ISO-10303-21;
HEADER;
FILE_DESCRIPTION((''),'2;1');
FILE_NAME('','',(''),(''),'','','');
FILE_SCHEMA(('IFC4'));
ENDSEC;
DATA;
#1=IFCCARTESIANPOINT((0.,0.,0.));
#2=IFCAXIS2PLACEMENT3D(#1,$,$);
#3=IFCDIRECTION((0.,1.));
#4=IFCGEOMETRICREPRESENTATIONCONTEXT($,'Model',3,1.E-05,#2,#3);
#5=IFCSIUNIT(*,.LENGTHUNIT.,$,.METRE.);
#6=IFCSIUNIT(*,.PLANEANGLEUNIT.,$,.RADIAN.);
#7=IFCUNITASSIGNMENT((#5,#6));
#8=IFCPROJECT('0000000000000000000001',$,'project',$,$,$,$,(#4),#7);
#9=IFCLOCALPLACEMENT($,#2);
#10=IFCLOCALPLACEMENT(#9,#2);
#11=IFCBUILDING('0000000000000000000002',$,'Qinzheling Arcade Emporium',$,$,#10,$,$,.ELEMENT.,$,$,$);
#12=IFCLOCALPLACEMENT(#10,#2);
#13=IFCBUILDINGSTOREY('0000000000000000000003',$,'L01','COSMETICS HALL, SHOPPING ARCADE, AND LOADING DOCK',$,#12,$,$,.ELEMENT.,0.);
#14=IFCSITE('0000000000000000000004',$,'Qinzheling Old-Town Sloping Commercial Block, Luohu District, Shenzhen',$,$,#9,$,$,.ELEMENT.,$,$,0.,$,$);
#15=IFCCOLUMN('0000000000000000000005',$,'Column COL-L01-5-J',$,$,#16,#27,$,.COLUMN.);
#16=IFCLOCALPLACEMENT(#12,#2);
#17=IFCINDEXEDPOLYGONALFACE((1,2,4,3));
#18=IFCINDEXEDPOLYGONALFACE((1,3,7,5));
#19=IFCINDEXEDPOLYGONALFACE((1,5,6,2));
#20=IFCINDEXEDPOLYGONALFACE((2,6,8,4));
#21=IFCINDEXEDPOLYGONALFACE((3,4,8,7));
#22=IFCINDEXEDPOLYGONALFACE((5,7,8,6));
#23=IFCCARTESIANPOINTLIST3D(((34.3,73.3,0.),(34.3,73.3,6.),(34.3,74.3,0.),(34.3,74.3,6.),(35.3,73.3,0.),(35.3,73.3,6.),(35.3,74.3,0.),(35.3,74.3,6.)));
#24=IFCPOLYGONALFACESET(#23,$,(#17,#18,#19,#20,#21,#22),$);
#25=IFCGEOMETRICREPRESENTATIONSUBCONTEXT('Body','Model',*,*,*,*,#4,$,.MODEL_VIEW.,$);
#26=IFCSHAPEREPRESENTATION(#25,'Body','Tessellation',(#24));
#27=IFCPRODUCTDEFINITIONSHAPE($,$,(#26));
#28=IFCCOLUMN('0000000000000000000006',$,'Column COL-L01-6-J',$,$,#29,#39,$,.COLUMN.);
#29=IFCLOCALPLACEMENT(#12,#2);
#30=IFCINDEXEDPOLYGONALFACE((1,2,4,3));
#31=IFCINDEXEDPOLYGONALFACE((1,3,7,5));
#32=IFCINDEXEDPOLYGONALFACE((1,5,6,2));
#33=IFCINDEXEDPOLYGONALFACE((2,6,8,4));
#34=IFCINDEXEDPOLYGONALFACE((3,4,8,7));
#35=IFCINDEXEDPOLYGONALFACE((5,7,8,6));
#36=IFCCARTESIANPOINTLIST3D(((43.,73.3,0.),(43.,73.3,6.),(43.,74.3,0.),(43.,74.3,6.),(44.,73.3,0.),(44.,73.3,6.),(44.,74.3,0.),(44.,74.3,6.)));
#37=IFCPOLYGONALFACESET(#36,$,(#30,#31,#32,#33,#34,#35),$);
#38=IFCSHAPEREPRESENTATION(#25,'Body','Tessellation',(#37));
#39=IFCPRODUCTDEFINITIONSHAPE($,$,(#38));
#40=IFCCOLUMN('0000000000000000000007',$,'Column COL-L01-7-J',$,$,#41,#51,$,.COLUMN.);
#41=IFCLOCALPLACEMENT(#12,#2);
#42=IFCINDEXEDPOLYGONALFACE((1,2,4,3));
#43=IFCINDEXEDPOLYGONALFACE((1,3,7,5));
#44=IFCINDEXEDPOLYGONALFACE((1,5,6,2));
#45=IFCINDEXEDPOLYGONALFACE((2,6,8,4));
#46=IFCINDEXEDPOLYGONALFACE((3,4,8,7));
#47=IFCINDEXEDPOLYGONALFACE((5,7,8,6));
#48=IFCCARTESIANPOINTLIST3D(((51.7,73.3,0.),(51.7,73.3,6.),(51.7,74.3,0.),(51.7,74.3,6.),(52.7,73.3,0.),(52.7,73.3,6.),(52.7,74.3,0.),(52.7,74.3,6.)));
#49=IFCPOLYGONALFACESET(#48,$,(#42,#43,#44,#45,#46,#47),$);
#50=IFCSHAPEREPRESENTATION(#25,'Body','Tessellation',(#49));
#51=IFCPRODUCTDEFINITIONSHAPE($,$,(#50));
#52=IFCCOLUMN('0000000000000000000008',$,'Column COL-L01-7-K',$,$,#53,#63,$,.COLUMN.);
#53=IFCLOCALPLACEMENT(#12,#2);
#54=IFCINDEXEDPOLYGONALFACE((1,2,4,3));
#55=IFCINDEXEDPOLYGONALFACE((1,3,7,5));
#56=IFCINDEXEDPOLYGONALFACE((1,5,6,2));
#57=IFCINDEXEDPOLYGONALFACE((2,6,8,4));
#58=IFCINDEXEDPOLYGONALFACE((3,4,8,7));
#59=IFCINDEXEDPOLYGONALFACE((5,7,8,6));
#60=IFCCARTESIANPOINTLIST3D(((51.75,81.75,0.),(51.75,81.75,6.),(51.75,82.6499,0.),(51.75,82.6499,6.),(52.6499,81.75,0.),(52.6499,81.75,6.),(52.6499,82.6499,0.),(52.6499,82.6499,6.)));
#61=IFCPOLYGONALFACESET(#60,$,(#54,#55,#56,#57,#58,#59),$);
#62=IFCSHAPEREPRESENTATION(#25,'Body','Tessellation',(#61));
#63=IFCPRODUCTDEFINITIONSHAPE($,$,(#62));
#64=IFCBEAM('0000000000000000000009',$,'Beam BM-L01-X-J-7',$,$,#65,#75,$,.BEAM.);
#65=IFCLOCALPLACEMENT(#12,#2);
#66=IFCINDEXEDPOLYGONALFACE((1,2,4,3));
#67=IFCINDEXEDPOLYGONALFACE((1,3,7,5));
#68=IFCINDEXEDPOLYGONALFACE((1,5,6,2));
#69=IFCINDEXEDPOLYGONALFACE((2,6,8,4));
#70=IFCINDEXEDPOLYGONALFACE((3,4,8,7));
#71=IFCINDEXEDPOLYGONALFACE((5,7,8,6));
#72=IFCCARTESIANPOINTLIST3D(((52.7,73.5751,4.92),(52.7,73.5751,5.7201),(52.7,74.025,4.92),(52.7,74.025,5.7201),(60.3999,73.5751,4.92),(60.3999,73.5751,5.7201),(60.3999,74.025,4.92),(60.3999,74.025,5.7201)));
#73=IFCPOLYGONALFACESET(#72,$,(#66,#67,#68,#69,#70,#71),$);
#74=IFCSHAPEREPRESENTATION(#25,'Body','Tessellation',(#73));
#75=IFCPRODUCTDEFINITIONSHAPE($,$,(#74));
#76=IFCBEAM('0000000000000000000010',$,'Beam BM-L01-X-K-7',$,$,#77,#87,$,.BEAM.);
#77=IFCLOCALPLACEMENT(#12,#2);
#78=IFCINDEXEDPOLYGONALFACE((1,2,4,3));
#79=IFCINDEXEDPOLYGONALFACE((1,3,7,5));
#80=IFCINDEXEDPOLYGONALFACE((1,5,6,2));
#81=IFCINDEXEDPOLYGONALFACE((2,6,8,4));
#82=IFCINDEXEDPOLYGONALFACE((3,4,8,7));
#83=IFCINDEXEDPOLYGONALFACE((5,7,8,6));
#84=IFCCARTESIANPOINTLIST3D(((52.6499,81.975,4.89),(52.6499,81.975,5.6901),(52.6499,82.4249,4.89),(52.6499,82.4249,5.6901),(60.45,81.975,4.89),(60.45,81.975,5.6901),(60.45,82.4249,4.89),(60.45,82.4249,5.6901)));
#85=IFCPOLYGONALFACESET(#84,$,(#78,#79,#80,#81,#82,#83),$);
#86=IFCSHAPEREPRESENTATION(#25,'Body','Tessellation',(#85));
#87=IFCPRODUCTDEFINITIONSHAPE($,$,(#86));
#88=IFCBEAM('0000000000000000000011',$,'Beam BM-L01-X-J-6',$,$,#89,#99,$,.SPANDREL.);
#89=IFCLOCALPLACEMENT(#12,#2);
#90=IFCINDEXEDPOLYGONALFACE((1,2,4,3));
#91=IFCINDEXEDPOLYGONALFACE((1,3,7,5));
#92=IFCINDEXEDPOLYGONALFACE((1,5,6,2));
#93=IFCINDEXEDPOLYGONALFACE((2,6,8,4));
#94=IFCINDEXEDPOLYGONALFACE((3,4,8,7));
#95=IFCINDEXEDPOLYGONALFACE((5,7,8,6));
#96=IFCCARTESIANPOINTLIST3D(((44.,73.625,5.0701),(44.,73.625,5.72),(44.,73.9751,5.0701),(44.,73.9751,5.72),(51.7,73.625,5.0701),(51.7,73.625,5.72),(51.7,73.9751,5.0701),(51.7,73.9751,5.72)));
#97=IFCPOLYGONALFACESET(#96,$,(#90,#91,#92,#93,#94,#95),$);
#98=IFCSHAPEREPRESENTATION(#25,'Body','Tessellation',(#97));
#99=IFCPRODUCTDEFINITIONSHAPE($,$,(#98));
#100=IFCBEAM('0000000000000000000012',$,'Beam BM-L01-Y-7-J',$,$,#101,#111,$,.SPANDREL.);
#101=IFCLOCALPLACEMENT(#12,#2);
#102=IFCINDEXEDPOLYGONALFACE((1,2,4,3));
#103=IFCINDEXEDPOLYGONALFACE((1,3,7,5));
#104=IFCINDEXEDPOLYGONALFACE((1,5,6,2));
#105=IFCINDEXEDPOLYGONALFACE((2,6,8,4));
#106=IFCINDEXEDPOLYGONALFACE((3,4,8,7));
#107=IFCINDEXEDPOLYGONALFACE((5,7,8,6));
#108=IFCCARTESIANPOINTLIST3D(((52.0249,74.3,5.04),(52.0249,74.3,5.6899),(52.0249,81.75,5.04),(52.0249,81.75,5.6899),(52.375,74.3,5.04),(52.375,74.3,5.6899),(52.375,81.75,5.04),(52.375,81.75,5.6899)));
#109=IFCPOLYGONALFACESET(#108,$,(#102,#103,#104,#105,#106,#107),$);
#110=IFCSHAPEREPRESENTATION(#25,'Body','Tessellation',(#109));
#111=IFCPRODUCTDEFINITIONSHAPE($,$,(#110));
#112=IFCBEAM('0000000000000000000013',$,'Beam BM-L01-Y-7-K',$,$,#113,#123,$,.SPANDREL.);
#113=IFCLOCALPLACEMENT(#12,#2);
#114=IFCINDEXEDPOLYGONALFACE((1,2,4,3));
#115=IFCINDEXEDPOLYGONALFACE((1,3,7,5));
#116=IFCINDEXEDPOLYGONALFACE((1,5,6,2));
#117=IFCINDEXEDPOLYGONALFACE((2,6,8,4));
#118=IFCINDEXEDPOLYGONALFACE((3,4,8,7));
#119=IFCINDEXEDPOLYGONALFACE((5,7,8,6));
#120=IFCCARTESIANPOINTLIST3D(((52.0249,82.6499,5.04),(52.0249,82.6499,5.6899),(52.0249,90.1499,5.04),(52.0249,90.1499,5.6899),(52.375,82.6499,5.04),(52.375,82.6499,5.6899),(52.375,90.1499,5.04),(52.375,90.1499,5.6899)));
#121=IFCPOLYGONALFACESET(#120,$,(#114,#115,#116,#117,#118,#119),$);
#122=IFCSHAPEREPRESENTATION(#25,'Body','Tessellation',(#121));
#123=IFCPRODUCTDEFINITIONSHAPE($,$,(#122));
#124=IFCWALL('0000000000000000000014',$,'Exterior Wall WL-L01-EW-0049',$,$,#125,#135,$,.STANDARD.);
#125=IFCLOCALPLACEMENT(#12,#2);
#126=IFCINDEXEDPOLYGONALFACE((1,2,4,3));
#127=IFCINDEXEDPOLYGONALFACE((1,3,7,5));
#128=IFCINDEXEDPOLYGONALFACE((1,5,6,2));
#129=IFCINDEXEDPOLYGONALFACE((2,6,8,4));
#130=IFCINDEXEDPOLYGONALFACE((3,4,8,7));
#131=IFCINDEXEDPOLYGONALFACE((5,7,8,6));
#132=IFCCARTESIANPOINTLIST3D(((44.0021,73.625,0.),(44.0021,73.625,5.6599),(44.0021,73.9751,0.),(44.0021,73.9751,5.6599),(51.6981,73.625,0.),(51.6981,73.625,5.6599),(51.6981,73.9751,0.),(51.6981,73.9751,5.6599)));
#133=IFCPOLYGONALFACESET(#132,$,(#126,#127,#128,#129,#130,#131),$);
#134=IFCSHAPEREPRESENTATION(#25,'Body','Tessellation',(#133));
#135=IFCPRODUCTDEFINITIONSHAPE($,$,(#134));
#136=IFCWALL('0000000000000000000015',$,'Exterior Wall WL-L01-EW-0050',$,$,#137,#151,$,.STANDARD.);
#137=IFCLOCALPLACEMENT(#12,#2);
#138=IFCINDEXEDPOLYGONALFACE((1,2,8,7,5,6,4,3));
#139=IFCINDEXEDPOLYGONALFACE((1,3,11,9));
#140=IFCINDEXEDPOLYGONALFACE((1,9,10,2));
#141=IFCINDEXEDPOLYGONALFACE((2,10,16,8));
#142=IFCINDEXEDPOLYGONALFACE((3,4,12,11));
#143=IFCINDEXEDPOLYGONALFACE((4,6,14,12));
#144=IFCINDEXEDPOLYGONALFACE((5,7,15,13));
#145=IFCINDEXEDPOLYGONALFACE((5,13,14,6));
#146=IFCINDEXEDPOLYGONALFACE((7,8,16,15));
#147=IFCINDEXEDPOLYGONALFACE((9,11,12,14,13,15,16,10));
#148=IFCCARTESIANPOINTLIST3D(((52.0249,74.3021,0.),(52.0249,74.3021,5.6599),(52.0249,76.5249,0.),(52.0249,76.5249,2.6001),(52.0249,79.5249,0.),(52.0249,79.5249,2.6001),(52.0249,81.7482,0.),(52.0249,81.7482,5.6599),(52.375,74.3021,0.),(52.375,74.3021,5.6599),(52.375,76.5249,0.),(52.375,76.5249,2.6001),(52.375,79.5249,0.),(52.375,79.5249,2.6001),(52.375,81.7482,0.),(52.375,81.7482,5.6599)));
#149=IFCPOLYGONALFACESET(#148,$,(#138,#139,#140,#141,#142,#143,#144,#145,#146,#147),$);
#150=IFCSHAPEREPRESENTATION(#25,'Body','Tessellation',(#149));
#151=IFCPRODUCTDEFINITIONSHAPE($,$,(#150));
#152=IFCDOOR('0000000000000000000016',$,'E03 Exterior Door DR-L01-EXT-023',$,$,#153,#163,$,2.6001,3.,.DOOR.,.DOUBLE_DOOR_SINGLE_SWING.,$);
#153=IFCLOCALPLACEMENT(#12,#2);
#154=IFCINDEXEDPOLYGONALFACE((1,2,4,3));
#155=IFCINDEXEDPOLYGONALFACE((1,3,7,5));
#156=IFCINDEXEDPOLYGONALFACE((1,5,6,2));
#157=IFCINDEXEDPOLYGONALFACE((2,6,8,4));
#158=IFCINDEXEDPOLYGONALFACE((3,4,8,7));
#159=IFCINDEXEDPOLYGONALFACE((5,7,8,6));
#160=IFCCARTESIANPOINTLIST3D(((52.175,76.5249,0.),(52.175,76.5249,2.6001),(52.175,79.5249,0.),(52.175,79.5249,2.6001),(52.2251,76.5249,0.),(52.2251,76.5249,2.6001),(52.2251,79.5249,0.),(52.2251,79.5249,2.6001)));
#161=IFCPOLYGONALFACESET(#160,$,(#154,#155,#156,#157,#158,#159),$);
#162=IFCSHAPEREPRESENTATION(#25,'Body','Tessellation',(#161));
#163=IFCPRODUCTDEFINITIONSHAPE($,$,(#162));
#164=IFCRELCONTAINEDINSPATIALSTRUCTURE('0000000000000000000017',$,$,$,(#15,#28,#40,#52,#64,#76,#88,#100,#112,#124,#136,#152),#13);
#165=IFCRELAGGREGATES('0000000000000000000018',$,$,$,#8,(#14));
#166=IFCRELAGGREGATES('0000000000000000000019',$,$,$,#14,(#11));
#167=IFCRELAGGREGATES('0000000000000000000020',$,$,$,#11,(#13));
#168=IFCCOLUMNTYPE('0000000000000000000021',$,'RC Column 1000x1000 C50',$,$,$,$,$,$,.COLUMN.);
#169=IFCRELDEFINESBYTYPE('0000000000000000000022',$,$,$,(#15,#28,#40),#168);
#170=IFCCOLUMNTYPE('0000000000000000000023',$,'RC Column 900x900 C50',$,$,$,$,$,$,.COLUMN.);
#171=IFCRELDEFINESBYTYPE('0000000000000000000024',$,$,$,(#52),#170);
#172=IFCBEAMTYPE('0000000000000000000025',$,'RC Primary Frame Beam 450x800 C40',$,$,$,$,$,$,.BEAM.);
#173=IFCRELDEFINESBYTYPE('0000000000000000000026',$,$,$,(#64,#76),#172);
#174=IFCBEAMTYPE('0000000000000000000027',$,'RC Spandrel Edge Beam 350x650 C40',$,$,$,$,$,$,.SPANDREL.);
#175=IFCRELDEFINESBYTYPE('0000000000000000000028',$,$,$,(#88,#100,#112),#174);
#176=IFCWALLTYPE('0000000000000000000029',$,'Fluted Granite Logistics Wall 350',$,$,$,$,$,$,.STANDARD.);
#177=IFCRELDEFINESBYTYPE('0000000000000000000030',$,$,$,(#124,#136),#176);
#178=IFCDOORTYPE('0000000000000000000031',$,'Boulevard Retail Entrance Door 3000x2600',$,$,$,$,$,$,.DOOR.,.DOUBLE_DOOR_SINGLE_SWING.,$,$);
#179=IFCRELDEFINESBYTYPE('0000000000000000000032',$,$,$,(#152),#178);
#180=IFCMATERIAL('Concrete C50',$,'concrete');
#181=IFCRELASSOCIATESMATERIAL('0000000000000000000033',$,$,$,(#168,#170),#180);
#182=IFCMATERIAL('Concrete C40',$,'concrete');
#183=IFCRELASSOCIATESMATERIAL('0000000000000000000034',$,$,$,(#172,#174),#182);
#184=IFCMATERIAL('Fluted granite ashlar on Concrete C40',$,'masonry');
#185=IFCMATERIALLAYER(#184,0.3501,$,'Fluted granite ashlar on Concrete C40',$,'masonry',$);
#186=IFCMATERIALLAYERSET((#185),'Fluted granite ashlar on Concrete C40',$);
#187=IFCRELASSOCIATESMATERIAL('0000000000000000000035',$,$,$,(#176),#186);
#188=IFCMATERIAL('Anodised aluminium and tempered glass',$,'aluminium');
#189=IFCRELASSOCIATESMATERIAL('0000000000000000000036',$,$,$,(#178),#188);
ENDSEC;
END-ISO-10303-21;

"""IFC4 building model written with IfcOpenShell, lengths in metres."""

from ifc_helpers import new_model, si_unit, direction, frame, frame_2d, origin, origin_2d, place, context, subcontext, project, spatial, rectangle, extrude, material, layer, layer_set, material_profile, profile_set, type_object, element, fill, save


model = new_model("IFC4")

# Units and contexts
model_context = context("Model", 3, precision=1e-05, world=origin(), true_north=direction((0.0, 1.0)))
body_context = subcontext(model_context, "Body", "Model", "MODEL_VIEW")
ifc_project = project(units=[si_unit("LENGTHUNIT", "METRE"), si_unit("PLANEANGLEUNIT", "RADIAN")], contexts=[model_context])

# Site, building, storey
site_placement = place(None, origin())
site = spatial("IfcSite", under=ifc_project, at=site_placement, Name="Qinzheling Old-Town Sloping Commercial Block, Luohu District, Shenzhen", CompositionType="ELEMENT", RefElevation=0.0)
building_placement = place(site_placement, origin())
building = spatial("IfcBuilding", under=site, at=building_placement, Name="Qinzheling Arcade Emporium", CompositionType="ELEMENT")
storey_placement = place(building_placement, origin())
storey = spatial("IfcBuildingStorey", under=building, at=storey_placement, Name="L01", Description="COSMETICS HALL, SHOPPING ARCADE, AND LOADING DOCK", CompositionType="ELEMENT", Elevation=0.0)

# Columns
ifc_material_1 = material(Name="Concrete C50", Category="concrete")
ifc_material_profile_1 = material_profile(ifc_material_1, rectangle(XDim=1.0, YDim=1.0, at=origin_2d()), Name="RC 1000x1000", Category="concrete")
ifc_profile_set_1 = profile_set([ifc_material_profile_1], Name="Concrete C50")
column_type_1 = type_object("IfcColumnType", Name="RC Column 1000x1000 C50", PredefinedType="COLUMN", material=ifc_profile_set_1)
for number, where, z_axis, x_axis, name in (
    (1, (34.8, 73.8, 0.0), (0.0, 0.0, 1.0), (1.0, 0.0, 0.0), "Column COL-L01-5-J"),
    (2, (43.5, 73.8, 0.0), (0.0, 0.0, 1.0), (1.0, 0.0, 0.0), "Column COL-L01-6-J"),
    (3, (52.2, 73.8, 0.0), (0.0, 0.0, 1.0), (1.0, 0.0, 0.0), "Column COL-L01-7-J"),
):
    element("IfcColumn", number, at=place(storey_placement, frame(where, z_axis=z_axis, x_axis=x_axis)), inside=storey, type_object=column_type_1, Name=name, PredefinedType="COLUMN", context=body_context, shape_type="SweptSolid", body=[
        extrude(rectangle(XDim=1.0, YDim=1.0, at=origin_2d()), origin(), (0.0, 0.0, 1.0), 6.0),
    ])
ifc_material_profile_2 = material_profile(ifc_material_1, rectangle(XDim=0.8999, YDim=0.8999, at=origin_2d()), Name="RC 900x900", Category="concrete")
ifc_profile_set_2 = profile_set([ifc_material_profile_2], Name="Concrete C50")
column_type_2 = type_object("IfcColumnType", Name="RC Column 900x900 C50", PredefinedType="COLUMN", material=ifc_profile_set_2)
column_placement = place(storey_placement, frame((52.2, 82.2, 0.0), z_axis=(0.0, 0.0, 1.0), x_axis=(1.0, 0.0, 0.0)))
element("IfcColumn", 4, at=column_placement, inside=storey, type_object=column_type_2, Name="Column COL-L01-7-K", PredefinedType="COLUMN", context=body_context, shape_type="SweptSolid", body=[
    extrude(rectangle(XDim=0.8999, YDim=0.8999, at=origin_2d()), origin(), (0.0, 0.0, 1.0), 6.0),
])

# Beams
ifc_material_2 = material(Name="Concrete C40", Category="concrete")
ifc_material_profile_3 = material_profile(ifc_material_2, rectangle(XDim=0.45, YDim=0.8, at=origin_2d()), Name="RC 450x800", Category="concrete")
ifc_profile_set_3 = profile_set([ifc_material_profile_3], Name="Concrete C40")
beam_type_1 = type_object("IfcBeamType", Name="RC Primary Frame Beam 450x800 C40", PredefinedType="BEAM", material=ifc_profile_set_3)
beam_1_placement = place(storey_placement, frame((52.7, 73.8, 5.3201), z_axis=(1.0, 0.0, 0.0), x_axis=(0.0, 1.0, 0.0)))
element("IfcBeam", 5, at=beam_1_placement, inside=storey, type_object=beam_type_1, Name="Beam BM-L01-X-J-7", PredefinedType="BEAM", context=body_context, shape_type="SweptSolid", body=[
    extrude(rectangle(XDim=0.45, YDim=0.8, at=origin_2d()), origin(), (0.0, 0.0, 1.0), 7.7),
])
beam_2_placement = place(storey_placement, frame((52.6499, 82.2, 5.29), z_axis=(1.0, 0.0, 0.0), x_axis=(0.0, 1.0, 0.0)))
element("IfcBeam", 6, at=beam_2_placement, inside=storey, type_object=beam_type_1, Name="Beam BM-L01-X-K-7", PredefinedType="BEAM", context=body_context, shape_type="SweptSolid", body=[
    extrude(rectangle(XDim=0.45, YDim=0.8, at=origin_2d()), origin(), (0.0, 0.0, 1.0), 7.8),
])
ifc_material_profile_4 = material_profile(ifc_material_2, rectangle(XDim=0.3501, YDim=0.6499, at=origin_2d()), Name="RC 350x650", Category="concrete")
ifc_profile_set_4 = profile_set([ifc_material_profile_4], Name="Concrete C40")
beam_type_2 = type_object("IfcBeamType", Name="RC Spandrel Edge Beam 350x650 C40", PredefinedType="SPANDREL", material=ifc_profile_set_4)
beam_3_placement = place(storey_placement, frame((44.0, 73.8, 5.395), z_axis=(1.0, 0.0, 0.0), x_axis=(0.0, 1.0, 0.0)))
element("IfcBeam", 7, at=beam_3_placement, inside=storey, type_object=beam_type_2, Name="Beam BM-L01-X-J-6", PredefinedType="SPANDREL", context=body_context, shape_type="SweptSolid", body=[
    extrude(rectangle(XDim=0.3501, YDim=0.6499, at=origin_2d()), origin(), (0.0, 0.0, 1.0), 7.7),
])
beam_4_placement = place(storey_placement, frame((52.2, 74.3, 5.365), z_axis=(0.0, 1.0, 0.0), x_axis=(-1.0, 0.0, 0.0)))
element("IfcBeam", 8, at=beam_4_placement, inside=storey, type_object=beam_type_2, Name="Beam BM-L01-Y-7-J", PredefinedType="SPANDREL", context=body_context, shape_type="SweptSolid", body=[
    extrude(rectangle(XDim=0.3501, YDim=0.6499, at=origin_2d()), origin(), (0.0, 0.0, 1.0), 7.45),
])
beam_5_placement = place(storey_placement, frame((52.2, 82.6499, 5.365), z_axis=(0.0, 1.0, 0.0), x_axis=(-1.0, 0.0, 0.0)))
element("IfcBeam", 9, at=beam_5_placement, inside=storey, type_object=beam_type_2, Name="Beam BM-L01-Y-7-K", PredefinedType="SPANDREL", context=body_context, shape_type="SweptSolid", body=[
    extrude(rectangle(XDim=0.3501, YDim=0.6499, at=origin_2d()), origin(), (0.0, 0.0, 1.0), 7.5),
])

# Shared definitions
ifc_material_3 = material(Name="Fluted granite ashlar on Concrete C40", Category="masonry")
ifc_layer_1 = layer(ifc_material_3, 0.3501, Name="Fluted granite ashlar on Concrete C40", Category="masonry")
ifc_layer_set_1 = layer_set([ifc_layer_1], Name="Fluted granite ashlar on Concrete C40")
wall_type_1 = type_object("IfcWallType", Name="Fluted Granite Logistics Wall 350", PredefinedType="STANDARD", material=ifc_layer_set_1)

# Wall
wall_1_placement = place(storey_placement, frame((44.002, 73.8, 0.0), z_axis=(0.0, 0.0, 1.0), x_axis=(1.0, 0.0, 0.0)))
element("IfcWall", 10, at=wall_1_placement, inside=storey, type_object=wall_type_1, Name="Exterior Wall WL-L01-EW-0049", PredefinedType="STANDARD", context=body_context, shape_type="SweptSolid", body=[
    extrude(rectangle(XDim=7.696, YDim=0.3501, at=frame_2d((3.8481, 0.0))), origin(), (0.0, 0.0, 1.0), 5.6599),
])

# Wall, opening, door
wall_2_placement = place(storey_placement, frame((52.2, 74.302, 0.0), z_axis=(0.0, 0.0, 1.0), x_axis=(0.0, 1.0, 0.0)))
wall_2 = element("IfcWall", 11, at=wall_2_placement, inside=storey, type_object=wall_type_1, Name="Exterior Wall WL-L01-EW-0050", PredefinedType="STANDARD", context=body_context, shape_type="SweptSolid", body=[
    extrude(rectangle(XDim=7.446, YDim=0.3501, at=frame_2d((3.7231, 0.0))), origin(), (0.0, 0.0, 1.0), 5.6599),
])
opening_1_placement = place(wall_2_placement, frame((2.2229, 0.0, 0.0)))
opening_1 = element("IfcOpeningElement", 12, at=opening_1_placement, cuts=wall_2, PredefinedType="OPENING", context=body_context, shape_type="SweptSolid", body=[
    extrude(rectangle(XDim=3.0, YDim=2.6001, at=frame_2d((1.5, 1.3))), frame((0.0, 0.1851, 0.0), z_axis=(0.0, -1.0, 0.0), x_axis=(1.0, 0.0, 0.0)), (0.0, 0.0, 1.0), 0.3701),
])
ifc_material_4 = material(Name="Anodised aluminium and tempered glass", Category="aluminium")
door_type_1 = type_object("IfcDoorType", Name="Boulevard Retail Entrance Door 3000x2600", OperationType="DOUBLE_DOOR_SINGLE_SWING", PredefinedType="DOOR", material=ifc_material_4)
door_1_placement = place(opening_1_placement, origin())
door_1 = element("IfcDoor", 13, at=door_1_placement, inside=storey, type_object=door_type_1, Name="E03 Exterior Door DR-L01-EXT-023", OperationType="DOUBLE_DOOR_SINGLE_SWING", OverallHeight=2.6001, OverallWidth=3.0, PredefinedType="DOOR", context=body_context, shape_type="SweptSolid", body=[
    extrude(rectangle(XDim=3.0, YDim=2.6001, at=frame_2d((1.5, 1.3))), frame((0.0, 0.0249, 0.0), z_axis=(0.0, -1.0, 0.0), x_axis=(1.0, 0.0, 0.0)), (0.0, 0.0, 1.0), 0.05),
])
fill(opening_1, door_1)

save(model, "model.ifc")
